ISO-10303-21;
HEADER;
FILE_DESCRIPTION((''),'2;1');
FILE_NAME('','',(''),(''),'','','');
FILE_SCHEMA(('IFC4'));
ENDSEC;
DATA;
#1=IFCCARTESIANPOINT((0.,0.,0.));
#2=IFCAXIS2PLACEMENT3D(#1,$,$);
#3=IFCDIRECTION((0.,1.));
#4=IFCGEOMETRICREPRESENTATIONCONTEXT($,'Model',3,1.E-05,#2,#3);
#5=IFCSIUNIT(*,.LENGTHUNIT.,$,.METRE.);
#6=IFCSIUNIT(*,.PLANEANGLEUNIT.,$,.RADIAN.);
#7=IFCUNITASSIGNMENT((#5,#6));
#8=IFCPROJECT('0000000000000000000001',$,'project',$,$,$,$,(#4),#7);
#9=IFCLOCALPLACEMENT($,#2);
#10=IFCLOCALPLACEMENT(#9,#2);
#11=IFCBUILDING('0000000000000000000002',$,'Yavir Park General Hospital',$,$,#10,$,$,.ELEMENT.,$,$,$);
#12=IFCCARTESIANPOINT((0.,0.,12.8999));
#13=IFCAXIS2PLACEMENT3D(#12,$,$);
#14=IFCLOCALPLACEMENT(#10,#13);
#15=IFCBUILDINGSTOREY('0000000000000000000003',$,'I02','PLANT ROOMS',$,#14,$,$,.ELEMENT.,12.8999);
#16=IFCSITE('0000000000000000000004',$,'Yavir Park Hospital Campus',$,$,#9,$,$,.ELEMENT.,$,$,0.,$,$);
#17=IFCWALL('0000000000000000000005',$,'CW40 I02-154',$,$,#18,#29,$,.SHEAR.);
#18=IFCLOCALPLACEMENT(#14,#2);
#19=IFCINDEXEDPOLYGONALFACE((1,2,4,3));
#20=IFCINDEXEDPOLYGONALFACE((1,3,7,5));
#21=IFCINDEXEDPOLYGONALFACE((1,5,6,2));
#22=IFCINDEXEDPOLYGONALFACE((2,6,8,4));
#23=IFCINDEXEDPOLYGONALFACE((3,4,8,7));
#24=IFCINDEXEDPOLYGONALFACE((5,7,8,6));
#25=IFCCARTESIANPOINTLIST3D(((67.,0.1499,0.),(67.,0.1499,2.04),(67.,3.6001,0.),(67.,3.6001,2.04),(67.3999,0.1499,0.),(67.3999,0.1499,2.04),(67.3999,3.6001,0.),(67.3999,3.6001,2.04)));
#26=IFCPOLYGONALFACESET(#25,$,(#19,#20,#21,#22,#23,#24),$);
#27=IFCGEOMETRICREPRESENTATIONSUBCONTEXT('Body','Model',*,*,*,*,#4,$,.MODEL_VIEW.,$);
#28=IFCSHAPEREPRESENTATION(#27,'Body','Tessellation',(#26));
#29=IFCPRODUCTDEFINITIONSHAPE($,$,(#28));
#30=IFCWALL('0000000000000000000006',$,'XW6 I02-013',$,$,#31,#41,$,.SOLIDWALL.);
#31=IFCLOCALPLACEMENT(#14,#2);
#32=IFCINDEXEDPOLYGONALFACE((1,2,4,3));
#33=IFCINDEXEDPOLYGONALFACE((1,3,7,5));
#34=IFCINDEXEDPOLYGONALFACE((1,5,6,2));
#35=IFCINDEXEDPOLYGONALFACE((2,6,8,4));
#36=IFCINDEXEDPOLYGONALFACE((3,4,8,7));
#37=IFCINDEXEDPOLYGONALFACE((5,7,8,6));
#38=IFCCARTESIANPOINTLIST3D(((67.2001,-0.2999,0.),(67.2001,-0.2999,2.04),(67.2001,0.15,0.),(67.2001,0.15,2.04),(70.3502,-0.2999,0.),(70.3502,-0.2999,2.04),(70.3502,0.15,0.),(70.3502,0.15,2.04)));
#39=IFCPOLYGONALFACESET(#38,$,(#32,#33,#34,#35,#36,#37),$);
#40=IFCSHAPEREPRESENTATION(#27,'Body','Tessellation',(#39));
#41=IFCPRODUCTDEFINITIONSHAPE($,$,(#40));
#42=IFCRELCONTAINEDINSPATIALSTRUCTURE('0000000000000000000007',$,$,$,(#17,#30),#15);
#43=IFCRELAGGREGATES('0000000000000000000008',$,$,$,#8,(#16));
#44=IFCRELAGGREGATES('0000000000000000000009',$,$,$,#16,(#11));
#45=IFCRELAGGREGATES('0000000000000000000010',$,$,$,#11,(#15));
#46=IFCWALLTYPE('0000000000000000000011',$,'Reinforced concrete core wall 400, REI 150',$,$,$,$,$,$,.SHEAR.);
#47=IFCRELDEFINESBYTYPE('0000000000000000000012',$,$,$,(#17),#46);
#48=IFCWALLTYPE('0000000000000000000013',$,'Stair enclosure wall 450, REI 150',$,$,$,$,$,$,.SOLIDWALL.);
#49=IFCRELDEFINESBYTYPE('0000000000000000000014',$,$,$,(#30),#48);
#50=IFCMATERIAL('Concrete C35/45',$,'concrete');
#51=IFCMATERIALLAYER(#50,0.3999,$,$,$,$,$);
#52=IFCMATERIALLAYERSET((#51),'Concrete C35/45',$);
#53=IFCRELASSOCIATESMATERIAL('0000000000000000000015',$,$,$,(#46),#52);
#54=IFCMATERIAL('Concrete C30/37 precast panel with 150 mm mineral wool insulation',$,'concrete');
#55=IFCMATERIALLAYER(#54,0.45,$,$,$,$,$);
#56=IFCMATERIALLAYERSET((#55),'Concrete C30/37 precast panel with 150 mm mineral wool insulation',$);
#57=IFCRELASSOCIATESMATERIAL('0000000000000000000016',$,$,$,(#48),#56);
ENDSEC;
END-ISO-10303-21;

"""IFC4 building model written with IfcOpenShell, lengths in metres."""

from ifc_helpers import new_model, si_unit, direction, frame, frame_2d, origin, place, context, subcontext, project, spatial, rectangle, extrude, material, layer, layer_set, type_object, element, save


model = new_model("IFC4")

# Units and contexts
model_context = context("Model", 3, precision=1e-05, world=origin(), true_north=direction((0.0, 1.0)))
body_context = subcontext(model_context, "Body", "Model", "MODEL_VIEW")
ifc_project = project(units=[si_unit("LENGTHUNIT", "METRE"), si_unit("PLANEANGLEUNIT", "RADIAN")], contexts=[model_context])

# Site, building, storey
site_placement = place(None, origin())
site = spatial("IfcSite", under=ifc_project, at=site_placement, Name="Yavir Park Hospital Campus", CompositionType="ELEMENT", RefElevation=0.0)
building_placement = place(site_placement, origin())
building = spatial("IfcBuilding", under=site, at=building_placement, Name="Yavir Park General Hospital", CompositionType="ELEMENT")
storey_placement = place(building_placement, frame((0.0, 0.0, 12.8999)))
storey = spatial("IfcBuildingStorey", under=building, at=storey_placement, Name="I02", Description="PLANT ROOMS", CompositionType="ELEMENT", Elevation=12.8999)

# Shared definitions
ifc_material_1 = material(Name="Concrete C35/45", Category="concrete")
ifc_layer_1 = layer(ifc_material_1, 0.3999)
ifc_layer_set_1 = layer_set([ifc_layer_1], Name="Concrete C35/45")
wall_type_1 = type_object("IfcWallType", Name="Reinforced concrete core wall 400, REI 150", PredefinedType="SHEAR", material=ifc_layer_set_1)

# Walls
wall_1_placement = place(storey_placement, frame((67.2, 0.1499, 0.0), z_axis=(0.0, 0.0, 1.0), x_axis=(0.0, 1.0, 0.0)))
element("IfcWall", 1, at=wall_1_placement, inside=storey, type_object=wall_type_1, Name="CW40 I02-154", PredefinedType="SHEAR", context=body_context, shape_type="SweptSolid", body=[
    extrude(rectangle(XDim=3.4502, YDim=0.3999, at=frame_2d((1.7251, 0.0))), origin(), (0.0, 0.0, 1.0), 2.04),
])
ifc_material_2 = material(Name="Concrete C30/37 precast panel with 150 mm mineral wool insulation", Category="concrete")
ifc_layer_2 = layer(ifc_material_2, 0.45)
ifc_layer_set_2 = layer_set([ifc_layer_2], Name="Concrete C30/37 precast panel with 150 mm mineral wool insulation")
wall_type_2 = type_object("IfcWallType", Name="Stair enclosure wall 450, REI 150", PredefinedType="SOLIDWALL", material=ifc_layer_set_2)
wall_2_placement = place(storey_placement, frame((67.2, -0.075, 0.0), z_axis=(0.0, 0.0, 1.0), x_axis=(1.0, 0.0, 0.0)))
element("IfcWall", 2, at=wall_2_placement, inside=storey, type_object=wall_type_2, Name="XW6 I02-013", PredefinedType="SOLIDWALL", context=body_context, shape_type="SweptSolid", body=[
    extrude(rectangle(XDim=3.1501, YDim=0.45, at=frame_2d((1.5752, 0.0))), origin(), (0.0, 0.0, 1.0), 2.04),
])

save(model, "model.ifc")
